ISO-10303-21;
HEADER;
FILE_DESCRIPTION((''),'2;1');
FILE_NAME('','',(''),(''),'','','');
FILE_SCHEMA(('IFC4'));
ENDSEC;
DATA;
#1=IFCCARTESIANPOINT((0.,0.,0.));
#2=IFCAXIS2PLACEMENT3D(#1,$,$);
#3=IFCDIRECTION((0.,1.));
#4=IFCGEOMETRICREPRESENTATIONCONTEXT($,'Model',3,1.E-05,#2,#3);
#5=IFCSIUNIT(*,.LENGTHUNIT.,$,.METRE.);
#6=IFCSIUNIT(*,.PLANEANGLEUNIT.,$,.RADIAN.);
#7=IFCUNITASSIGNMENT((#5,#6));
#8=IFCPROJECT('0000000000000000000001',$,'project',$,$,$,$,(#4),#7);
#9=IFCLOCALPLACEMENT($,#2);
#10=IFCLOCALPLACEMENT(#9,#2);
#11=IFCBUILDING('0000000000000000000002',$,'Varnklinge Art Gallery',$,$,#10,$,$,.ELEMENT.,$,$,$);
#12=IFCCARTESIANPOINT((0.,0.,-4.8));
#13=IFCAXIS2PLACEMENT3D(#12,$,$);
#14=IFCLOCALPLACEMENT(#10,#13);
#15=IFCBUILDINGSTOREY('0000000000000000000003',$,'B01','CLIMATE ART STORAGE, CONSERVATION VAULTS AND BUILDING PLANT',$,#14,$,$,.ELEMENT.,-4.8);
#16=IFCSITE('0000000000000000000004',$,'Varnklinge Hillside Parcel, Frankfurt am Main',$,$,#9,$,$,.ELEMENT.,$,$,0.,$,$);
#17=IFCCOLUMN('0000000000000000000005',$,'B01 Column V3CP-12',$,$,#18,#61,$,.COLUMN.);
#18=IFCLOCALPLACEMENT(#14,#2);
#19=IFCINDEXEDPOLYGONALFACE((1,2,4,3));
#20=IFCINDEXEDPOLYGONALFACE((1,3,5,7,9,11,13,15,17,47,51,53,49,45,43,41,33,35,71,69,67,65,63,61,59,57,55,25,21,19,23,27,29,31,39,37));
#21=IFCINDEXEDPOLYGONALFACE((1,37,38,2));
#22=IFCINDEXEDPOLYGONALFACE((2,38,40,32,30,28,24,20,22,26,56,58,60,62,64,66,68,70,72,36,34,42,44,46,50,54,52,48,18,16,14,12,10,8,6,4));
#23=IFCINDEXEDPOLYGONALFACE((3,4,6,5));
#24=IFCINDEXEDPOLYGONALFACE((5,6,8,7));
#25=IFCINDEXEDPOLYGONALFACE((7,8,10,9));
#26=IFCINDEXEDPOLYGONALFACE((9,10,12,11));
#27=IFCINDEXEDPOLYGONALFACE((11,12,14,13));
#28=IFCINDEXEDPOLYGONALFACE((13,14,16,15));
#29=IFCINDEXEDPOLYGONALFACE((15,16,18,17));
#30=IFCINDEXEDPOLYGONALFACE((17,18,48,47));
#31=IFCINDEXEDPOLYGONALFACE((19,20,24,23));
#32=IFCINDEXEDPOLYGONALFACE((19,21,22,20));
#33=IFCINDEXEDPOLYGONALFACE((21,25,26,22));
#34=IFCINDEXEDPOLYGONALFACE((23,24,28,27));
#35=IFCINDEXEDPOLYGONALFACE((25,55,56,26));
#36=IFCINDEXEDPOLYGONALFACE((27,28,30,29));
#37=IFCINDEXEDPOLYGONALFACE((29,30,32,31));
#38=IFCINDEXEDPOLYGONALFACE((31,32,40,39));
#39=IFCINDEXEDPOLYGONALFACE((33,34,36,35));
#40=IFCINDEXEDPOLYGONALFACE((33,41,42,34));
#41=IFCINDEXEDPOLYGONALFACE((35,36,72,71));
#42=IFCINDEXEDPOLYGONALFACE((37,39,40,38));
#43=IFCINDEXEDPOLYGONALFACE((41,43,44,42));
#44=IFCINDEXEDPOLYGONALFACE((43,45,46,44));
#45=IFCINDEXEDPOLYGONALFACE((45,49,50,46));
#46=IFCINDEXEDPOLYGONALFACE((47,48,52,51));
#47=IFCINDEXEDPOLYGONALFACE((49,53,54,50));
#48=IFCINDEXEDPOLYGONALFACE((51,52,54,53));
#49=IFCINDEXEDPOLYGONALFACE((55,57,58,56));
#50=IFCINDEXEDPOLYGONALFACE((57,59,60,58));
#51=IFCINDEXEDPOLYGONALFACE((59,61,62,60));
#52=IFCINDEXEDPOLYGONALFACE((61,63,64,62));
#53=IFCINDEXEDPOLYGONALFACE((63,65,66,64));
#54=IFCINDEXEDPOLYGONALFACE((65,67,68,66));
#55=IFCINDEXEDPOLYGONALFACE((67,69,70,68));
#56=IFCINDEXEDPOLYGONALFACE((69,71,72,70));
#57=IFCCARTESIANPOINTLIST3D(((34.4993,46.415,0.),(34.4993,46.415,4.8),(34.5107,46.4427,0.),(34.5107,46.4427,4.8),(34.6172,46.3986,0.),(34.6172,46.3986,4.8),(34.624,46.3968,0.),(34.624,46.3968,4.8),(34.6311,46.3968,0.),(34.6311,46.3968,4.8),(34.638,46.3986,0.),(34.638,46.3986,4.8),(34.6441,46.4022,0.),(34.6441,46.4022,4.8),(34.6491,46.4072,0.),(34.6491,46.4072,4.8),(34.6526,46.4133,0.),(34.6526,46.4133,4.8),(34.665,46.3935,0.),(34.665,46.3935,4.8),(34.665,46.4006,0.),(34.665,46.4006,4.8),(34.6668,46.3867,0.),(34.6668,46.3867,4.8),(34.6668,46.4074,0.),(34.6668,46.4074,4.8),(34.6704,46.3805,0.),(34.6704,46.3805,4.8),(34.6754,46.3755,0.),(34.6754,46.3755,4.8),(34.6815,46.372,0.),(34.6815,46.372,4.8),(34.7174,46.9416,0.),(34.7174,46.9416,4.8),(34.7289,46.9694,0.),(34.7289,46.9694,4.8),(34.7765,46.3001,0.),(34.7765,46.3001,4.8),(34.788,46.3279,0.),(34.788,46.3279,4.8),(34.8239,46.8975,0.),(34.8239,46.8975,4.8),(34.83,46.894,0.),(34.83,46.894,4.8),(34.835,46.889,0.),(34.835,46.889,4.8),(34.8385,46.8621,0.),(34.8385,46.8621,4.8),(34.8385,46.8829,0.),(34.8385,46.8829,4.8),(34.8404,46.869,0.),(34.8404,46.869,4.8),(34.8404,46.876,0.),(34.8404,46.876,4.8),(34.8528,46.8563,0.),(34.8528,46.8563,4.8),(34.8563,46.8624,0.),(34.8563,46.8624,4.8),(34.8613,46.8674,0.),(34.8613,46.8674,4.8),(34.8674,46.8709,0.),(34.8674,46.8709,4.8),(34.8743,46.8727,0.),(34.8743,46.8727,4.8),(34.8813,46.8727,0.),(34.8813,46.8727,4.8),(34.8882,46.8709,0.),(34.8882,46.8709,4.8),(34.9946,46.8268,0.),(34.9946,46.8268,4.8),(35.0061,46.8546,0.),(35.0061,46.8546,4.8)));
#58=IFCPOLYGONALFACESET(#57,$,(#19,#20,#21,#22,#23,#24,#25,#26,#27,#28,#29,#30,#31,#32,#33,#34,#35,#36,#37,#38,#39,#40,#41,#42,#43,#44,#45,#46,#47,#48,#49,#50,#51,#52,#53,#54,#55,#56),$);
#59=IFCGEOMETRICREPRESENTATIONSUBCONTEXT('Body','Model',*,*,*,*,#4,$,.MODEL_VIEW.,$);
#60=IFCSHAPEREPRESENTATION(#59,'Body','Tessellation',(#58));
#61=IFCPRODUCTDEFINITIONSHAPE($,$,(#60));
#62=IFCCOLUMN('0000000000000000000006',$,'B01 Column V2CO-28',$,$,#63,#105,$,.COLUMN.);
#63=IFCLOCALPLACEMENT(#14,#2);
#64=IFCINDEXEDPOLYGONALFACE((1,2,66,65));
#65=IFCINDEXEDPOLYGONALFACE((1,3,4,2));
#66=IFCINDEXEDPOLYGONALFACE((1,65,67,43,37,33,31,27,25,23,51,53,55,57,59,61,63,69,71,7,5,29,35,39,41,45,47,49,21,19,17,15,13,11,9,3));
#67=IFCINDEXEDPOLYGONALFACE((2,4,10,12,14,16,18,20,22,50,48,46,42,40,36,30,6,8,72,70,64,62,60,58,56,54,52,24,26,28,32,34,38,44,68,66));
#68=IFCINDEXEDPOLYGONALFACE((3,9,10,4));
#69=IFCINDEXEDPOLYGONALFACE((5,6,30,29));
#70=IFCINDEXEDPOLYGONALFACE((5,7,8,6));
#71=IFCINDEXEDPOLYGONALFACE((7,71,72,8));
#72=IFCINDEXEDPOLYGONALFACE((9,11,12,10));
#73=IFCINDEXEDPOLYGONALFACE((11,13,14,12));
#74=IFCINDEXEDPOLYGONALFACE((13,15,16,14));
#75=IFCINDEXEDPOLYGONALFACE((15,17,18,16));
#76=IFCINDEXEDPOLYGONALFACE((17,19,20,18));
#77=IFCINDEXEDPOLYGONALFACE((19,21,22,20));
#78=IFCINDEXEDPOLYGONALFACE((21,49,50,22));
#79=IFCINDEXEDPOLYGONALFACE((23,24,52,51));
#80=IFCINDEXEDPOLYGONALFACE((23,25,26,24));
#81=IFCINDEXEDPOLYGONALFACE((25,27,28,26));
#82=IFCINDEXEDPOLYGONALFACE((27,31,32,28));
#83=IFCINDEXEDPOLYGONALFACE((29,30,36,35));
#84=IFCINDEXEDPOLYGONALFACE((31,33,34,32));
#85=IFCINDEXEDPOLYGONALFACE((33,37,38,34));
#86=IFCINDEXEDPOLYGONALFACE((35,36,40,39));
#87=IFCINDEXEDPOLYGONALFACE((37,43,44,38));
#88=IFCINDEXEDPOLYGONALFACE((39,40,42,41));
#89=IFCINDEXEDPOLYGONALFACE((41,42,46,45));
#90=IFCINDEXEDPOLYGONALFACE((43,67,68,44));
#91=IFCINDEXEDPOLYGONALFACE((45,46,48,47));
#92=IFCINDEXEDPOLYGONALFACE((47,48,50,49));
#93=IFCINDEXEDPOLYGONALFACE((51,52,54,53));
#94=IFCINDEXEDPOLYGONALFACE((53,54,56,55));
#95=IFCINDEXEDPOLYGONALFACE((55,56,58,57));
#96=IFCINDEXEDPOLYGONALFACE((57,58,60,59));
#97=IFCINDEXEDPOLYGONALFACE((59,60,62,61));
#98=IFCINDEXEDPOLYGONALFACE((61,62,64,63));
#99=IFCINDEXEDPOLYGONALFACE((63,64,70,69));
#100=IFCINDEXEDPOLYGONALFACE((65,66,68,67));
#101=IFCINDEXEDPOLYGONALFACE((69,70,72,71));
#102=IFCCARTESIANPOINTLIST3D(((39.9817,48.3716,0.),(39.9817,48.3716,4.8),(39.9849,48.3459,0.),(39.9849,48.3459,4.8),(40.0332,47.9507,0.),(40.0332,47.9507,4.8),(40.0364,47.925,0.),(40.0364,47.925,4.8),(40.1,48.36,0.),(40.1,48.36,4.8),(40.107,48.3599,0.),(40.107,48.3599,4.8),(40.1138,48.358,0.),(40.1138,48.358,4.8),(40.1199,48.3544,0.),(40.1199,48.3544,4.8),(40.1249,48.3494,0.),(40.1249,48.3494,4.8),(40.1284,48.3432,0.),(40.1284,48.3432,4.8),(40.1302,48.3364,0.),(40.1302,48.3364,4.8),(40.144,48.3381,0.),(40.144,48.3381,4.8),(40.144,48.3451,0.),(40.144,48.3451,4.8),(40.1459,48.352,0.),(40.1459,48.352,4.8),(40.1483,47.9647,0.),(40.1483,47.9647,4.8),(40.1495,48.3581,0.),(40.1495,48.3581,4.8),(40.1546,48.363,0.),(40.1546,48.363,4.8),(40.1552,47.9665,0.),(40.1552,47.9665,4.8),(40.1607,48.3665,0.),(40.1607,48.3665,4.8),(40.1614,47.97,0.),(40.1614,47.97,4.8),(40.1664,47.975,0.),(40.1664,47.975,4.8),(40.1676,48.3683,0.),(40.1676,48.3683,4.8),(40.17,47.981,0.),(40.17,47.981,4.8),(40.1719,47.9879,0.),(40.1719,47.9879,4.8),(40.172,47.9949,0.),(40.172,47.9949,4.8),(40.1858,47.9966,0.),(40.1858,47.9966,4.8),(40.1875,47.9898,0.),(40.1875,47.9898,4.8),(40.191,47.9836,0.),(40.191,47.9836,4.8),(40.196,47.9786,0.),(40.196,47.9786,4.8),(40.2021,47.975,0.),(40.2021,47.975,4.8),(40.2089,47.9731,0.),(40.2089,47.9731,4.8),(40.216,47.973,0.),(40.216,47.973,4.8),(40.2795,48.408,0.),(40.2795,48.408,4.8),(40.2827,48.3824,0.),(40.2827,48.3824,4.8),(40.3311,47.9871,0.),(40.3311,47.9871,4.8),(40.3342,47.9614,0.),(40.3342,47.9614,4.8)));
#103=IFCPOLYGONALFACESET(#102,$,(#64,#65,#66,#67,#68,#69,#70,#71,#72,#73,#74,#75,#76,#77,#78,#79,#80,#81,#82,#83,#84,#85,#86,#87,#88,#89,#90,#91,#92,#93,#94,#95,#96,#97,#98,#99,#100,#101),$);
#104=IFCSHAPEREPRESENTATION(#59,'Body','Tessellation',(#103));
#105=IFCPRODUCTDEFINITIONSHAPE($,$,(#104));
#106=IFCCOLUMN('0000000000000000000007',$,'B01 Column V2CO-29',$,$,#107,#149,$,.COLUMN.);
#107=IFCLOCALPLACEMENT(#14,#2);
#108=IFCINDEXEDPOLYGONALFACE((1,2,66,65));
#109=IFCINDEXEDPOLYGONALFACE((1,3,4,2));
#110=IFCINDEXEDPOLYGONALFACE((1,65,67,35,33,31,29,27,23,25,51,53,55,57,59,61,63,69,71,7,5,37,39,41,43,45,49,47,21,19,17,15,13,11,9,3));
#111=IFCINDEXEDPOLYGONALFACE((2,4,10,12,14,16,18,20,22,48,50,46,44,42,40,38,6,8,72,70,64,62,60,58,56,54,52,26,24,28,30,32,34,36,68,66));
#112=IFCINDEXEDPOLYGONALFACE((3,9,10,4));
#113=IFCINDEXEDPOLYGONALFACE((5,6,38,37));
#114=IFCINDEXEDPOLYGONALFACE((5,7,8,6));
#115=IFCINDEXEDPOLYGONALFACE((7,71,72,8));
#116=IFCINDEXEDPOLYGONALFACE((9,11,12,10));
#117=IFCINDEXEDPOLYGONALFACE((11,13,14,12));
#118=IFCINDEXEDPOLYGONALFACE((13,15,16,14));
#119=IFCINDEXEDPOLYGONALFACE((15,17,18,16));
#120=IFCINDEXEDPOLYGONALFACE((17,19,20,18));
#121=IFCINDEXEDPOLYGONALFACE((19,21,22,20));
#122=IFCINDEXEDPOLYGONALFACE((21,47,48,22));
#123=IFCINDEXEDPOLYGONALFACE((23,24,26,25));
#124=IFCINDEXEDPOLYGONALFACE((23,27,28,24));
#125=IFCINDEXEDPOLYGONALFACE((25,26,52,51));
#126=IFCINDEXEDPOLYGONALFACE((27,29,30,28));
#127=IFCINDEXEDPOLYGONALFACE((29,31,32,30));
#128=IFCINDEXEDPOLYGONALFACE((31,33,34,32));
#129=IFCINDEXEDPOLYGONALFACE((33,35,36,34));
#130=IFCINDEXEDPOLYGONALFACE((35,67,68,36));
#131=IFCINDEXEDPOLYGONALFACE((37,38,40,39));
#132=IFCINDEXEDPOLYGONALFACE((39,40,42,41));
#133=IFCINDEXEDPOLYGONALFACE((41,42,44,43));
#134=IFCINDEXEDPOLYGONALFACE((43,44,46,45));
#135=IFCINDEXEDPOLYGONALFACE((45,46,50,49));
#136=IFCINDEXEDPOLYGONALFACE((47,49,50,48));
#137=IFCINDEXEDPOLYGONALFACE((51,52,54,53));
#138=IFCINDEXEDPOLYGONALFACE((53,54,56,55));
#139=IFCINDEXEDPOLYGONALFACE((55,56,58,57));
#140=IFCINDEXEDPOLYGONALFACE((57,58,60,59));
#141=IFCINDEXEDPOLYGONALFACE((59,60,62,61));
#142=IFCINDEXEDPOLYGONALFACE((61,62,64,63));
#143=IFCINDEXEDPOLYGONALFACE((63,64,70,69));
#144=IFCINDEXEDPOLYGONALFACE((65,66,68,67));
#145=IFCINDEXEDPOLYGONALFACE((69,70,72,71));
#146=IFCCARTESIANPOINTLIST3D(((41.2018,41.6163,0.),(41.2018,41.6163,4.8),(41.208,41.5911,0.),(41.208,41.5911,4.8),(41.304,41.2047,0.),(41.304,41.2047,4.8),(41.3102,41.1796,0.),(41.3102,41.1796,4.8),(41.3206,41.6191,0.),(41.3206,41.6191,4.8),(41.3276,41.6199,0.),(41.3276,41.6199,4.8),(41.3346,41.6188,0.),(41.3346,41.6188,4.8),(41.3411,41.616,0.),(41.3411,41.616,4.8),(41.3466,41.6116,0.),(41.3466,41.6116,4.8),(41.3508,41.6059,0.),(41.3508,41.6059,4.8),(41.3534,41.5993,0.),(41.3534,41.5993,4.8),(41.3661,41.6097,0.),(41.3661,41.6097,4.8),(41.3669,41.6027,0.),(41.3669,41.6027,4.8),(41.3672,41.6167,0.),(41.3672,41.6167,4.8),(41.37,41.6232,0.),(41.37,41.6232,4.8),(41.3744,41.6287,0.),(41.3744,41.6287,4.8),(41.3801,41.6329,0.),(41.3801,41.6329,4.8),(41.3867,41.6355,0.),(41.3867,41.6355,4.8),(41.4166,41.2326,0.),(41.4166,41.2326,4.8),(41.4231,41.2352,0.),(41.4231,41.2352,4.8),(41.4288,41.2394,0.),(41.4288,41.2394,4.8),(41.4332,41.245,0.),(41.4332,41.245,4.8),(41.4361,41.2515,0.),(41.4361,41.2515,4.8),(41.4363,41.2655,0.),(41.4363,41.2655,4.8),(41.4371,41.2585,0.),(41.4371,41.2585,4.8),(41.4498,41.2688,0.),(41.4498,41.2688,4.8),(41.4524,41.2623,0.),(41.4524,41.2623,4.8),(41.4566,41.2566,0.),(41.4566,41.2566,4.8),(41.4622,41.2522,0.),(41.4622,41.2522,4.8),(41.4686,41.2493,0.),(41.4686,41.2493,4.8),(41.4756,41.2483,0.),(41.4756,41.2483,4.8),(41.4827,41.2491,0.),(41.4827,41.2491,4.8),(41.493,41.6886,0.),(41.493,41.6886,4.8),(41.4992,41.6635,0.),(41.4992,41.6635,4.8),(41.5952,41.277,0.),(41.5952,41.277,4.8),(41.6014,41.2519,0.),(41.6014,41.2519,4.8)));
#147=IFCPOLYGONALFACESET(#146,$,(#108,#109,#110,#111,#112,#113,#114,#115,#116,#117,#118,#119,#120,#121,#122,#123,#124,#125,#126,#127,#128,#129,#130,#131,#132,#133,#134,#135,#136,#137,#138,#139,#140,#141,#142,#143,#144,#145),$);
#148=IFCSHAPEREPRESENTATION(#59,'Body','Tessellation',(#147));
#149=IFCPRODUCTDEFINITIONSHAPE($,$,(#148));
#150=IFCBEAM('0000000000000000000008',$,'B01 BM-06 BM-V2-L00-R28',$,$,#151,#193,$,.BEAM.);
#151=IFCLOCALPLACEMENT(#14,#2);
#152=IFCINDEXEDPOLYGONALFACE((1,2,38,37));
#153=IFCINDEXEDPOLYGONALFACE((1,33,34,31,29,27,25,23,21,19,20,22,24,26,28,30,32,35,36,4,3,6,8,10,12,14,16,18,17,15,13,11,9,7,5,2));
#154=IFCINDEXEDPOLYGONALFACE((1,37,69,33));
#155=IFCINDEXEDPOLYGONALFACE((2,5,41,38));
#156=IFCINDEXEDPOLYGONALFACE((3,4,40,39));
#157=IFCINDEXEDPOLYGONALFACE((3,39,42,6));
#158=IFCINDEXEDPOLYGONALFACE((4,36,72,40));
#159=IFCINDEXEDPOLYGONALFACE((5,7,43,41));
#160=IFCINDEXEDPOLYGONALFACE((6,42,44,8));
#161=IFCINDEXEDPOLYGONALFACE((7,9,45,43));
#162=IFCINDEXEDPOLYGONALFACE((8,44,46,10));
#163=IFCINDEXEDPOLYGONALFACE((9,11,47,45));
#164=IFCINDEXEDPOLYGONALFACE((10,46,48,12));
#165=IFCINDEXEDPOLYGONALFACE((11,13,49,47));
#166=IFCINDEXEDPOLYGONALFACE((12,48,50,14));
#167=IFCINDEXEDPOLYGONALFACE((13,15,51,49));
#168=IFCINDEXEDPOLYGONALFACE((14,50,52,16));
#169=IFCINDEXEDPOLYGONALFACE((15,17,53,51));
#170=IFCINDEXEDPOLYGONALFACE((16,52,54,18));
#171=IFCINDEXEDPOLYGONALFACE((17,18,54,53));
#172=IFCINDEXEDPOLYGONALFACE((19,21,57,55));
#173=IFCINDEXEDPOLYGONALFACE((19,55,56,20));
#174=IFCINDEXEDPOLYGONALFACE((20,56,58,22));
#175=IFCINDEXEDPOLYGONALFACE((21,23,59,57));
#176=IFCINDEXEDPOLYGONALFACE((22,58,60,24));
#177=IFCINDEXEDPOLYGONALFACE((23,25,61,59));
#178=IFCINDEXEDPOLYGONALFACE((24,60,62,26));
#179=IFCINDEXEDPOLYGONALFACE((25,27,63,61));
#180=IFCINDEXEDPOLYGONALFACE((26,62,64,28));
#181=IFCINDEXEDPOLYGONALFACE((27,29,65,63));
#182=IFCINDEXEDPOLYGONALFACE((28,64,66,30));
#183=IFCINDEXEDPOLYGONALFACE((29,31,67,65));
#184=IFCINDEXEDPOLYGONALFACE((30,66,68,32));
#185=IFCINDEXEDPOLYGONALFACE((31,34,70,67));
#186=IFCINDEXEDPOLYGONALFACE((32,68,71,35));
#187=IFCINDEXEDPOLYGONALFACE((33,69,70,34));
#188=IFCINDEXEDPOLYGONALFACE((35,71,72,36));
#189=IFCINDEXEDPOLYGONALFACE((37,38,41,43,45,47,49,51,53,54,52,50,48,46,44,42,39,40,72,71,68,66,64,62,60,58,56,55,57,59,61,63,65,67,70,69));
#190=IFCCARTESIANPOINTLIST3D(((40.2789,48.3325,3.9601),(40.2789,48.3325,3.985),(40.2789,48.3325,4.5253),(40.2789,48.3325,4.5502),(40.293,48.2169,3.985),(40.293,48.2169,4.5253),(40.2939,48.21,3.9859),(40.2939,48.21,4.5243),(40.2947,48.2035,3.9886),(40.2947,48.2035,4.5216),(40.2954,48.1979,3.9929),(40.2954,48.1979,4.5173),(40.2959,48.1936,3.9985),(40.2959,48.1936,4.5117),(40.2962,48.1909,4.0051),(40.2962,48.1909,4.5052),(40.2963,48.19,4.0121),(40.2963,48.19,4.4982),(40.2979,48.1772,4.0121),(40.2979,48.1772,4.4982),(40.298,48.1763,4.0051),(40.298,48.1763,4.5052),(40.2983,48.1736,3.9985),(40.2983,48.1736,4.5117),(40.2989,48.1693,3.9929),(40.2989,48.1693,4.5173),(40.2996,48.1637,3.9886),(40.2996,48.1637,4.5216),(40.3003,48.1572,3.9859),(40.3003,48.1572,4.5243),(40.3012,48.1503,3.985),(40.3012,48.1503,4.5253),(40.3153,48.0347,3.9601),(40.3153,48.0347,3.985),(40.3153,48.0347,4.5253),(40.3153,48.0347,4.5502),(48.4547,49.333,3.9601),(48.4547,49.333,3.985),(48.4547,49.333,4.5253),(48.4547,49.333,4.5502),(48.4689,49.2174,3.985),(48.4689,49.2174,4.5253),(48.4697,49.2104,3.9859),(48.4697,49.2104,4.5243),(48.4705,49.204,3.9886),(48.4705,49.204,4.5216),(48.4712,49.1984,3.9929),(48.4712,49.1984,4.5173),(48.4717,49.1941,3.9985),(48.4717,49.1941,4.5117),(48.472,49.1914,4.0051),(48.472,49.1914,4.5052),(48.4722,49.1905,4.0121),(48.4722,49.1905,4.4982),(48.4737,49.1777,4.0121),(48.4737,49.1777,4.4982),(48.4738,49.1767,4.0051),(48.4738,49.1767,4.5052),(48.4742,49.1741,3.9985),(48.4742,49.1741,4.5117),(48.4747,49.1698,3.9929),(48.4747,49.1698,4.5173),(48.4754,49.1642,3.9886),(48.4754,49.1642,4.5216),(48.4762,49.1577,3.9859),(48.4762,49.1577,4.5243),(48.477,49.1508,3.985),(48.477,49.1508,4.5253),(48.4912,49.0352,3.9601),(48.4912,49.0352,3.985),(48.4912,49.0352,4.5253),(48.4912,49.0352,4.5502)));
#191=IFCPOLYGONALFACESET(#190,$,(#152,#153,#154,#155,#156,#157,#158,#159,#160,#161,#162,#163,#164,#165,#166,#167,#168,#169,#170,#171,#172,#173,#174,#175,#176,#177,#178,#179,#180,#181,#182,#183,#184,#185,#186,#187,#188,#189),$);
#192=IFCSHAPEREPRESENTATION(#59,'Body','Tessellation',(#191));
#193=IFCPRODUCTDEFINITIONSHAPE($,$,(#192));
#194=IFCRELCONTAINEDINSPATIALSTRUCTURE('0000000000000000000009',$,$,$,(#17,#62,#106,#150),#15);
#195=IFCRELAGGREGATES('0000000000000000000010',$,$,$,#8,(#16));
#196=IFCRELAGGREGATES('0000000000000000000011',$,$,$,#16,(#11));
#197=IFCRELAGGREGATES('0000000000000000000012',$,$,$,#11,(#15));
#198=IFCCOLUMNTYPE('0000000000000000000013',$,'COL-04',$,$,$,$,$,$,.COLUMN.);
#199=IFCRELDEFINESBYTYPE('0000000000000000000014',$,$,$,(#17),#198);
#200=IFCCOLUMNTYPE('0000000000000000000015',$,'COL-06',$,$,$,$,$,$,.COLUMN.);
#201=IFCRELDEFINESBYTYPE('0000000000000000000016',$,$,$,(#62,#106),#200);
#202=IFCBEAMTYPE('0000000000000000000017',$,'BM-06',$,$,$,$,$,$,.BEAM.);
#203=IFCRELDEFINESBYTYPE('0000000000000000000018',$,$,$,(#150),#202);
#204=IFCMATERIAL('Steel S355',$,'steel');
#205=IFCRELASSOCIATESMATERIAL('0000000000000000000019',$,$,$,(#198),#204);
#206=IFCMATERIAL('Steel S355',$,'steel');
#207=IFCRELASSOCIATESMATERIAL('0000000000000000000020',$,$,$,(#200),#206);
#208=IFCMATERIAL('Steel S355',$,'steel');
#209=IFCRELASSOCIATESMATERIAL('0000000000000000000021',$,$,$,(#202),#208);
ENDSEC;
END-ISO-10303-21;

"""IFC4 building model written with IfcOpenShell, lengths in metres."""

from ifc_helpers import new_model, si_unit, direction, frame, origin, origin_2d, place, context, subcontext, project, spatial, i_section, extrude, material, material_profile, profile_set, type_object, element, save


model = new_model("IFC4")

# Units and contexts
model_context = context("Model", 3, precision=1e-05, world=origin(), true_north=direction((0.0, 1.0)))
body_context = subcontext(model_context, "Body", "Model", "MODEL_VIEW")
ifc_project = project(units=[si_unit("LENGTHUNIT", "METRE"), si_unit("PLANEANGLEUNIT", "RADIAN")], contexts=[model_context])

# Site, building, storey
site_placement = place(None, origin())
site = spatial("IfcSite", under=ifc_project, at=site_placement, Name="Varnklinge Hillside Parcel, Frankfurt am Main", CompositionType="ELEMENT", RefElevation=0.0)
building_placement = place(site_placement, origin())
building = spatial("IfcBuilding", under=site, at=building_placement, Name="Varnklinge Art Gallery", CompositionType="ELEMENT")
storey_placement = place(building_placement, frame((0.0, 0.0, -4.8)))
storey = spatial("IfcBuildingStorey", under=building, at=storey_placement, Name="B01", Description="CLIMATE ART STORAGE, CONSERVATION VAULTS AND BUILDING PLANT", CompositionType="ELEMENT", Elevation=-4.8)

# Columns
ifc_material_1 = material(Name="Steel S355", Category="steel")
ifc_material_profile_1 = material_profile(ifc_material_1, i_section(OverallWidth=0.3, OverallDepth=0.6001, WebThickness=0.0154, FlangeThickness=0.03, FilletRadius=0.0271, at=origin_2d()), Name="HEB 600")
ifc_profile_set_1 = profile_set([ifc_material_profile_1], Name="Steel S355")
column_type_1 = type_object("IfcColumnType", Name="COL-04", PredefinedType="COLUMN", material=ifc_profile_set_1)
column_placement = place(storey_placement, frame((34.7527, 46.6348, 0.0), z_axis=(0.0, 0.0, 1.0), x_axis=(0.92388, -0.382683, 0.0)))
element("IfcColumn", 1, at=column_placement, inside=storey, type_object=column_type_1, Name="B01 Column V3CP-12", PredefinedType="COLUMN", context=body_context, shape_type="SweptSolid", body=[
    extrude(i_section(OverallWidth=0.3, OverallDepth=0.6001, WebThickness=0.0154, FlangeThickness=0.03, FilletRadius=0.0271, at=origin_2d()), origin(), (0.0, 0.0, 1.0), 4.8),
])
ifc_material_2 = material(Name="Steel S355", Category="steel")
ifc_material_profile_2 = material_profile(ifc_material_2, i_section(OverallWidth=0.3, OverallDepth=0.45, WebThickness=0.0139, FlangeThickness=0.0259, FilletRadius=0.0271, at=origin_2d()), Name="HEB 450")
ifc_profile_set_2 = profile_set([ifc_material_profile_2], Name="Steel S355")
column_type_2 = type_object("IfcColumnType", Name="COL-06", PredefinedType="COLUMN", material=ifc_profile_set_2)
for number, where, z_axis, x_axis, name in (
    (2, (40.158, 48.1665, 0.0), (0.0, 0.0, 1.0), (0.992589, 0.121523, 0.0), "B01 Column V2CO-28"),
    (3, (41.4016, 41.4341, 0.0), (0.0, 0.0, 1.0), (0.970506, 0.241075, 0.0), "B01 Column V2CO-29"),
):
    element("IfcColumn", number, at=place(storey_placement, frame(where, z_axis=z_axis, x_axis=x_axis)), inside=storey, type_object=column_type_2, Name=name, PredefinedType="COLUMN", context=body_context, shape_type="SweptSolid", body=[
        extrude(i_section(OverallWidth=0.3, OverallDepth=0.45, WebThickness=0.0139, FlangeThickness=0.0259, FilletRadius=0.0271, at=origin_2d()), origin(), (0.0, 0.0, 1.0), 4.8),
    ])

# Beam
ifc_material_3 = material(Name="Steel S355", Category="steel")
ifc_material_profile_3 = material_profile(ifc_material_3, i_section(OverallWidth=0.3, OverallDepth=0.5901, WebThickness=0.0129, FlangeThickness=0.0249, FilletRadius=0.0271, at=origin_2d()), Name="HEA 600")
ifc_profile_set_3 = profile_set([ifc_material_profile_3], Name="Steel S355")
beam_type_1 = type_object("IfcBeamType", Name="BM-06", PredefinedType="BEAM", material=ifc_profile_set_3)
beam_1_placement = place(storey_placement, frame((40.2971, 48.1836, 4.2551), z_axis=(0.992596, 0.121466, 0.0), x_axis=(-0.121466, 0.992596, 0.0)))
element("IfcBeam", 4, at=beam_1_placement, inside=storey, type_object=beam_type_1, Name="B01 BM-06 BM-V2-L00-R28", PredefinedType="BEAM", context=body_context, shape_type="SweptSolid", body=[
    extrude(i_section(OverallWidth=0.3, OverallDepth=0.5901, WebThickness=0.0129, FlangeThickness=0.0249, FilletRadius=0.0271, at=origin_2d()), origin(), (0.0, 0.0, 1.0), 8.2368),
])

save(model, "model.ifc")
